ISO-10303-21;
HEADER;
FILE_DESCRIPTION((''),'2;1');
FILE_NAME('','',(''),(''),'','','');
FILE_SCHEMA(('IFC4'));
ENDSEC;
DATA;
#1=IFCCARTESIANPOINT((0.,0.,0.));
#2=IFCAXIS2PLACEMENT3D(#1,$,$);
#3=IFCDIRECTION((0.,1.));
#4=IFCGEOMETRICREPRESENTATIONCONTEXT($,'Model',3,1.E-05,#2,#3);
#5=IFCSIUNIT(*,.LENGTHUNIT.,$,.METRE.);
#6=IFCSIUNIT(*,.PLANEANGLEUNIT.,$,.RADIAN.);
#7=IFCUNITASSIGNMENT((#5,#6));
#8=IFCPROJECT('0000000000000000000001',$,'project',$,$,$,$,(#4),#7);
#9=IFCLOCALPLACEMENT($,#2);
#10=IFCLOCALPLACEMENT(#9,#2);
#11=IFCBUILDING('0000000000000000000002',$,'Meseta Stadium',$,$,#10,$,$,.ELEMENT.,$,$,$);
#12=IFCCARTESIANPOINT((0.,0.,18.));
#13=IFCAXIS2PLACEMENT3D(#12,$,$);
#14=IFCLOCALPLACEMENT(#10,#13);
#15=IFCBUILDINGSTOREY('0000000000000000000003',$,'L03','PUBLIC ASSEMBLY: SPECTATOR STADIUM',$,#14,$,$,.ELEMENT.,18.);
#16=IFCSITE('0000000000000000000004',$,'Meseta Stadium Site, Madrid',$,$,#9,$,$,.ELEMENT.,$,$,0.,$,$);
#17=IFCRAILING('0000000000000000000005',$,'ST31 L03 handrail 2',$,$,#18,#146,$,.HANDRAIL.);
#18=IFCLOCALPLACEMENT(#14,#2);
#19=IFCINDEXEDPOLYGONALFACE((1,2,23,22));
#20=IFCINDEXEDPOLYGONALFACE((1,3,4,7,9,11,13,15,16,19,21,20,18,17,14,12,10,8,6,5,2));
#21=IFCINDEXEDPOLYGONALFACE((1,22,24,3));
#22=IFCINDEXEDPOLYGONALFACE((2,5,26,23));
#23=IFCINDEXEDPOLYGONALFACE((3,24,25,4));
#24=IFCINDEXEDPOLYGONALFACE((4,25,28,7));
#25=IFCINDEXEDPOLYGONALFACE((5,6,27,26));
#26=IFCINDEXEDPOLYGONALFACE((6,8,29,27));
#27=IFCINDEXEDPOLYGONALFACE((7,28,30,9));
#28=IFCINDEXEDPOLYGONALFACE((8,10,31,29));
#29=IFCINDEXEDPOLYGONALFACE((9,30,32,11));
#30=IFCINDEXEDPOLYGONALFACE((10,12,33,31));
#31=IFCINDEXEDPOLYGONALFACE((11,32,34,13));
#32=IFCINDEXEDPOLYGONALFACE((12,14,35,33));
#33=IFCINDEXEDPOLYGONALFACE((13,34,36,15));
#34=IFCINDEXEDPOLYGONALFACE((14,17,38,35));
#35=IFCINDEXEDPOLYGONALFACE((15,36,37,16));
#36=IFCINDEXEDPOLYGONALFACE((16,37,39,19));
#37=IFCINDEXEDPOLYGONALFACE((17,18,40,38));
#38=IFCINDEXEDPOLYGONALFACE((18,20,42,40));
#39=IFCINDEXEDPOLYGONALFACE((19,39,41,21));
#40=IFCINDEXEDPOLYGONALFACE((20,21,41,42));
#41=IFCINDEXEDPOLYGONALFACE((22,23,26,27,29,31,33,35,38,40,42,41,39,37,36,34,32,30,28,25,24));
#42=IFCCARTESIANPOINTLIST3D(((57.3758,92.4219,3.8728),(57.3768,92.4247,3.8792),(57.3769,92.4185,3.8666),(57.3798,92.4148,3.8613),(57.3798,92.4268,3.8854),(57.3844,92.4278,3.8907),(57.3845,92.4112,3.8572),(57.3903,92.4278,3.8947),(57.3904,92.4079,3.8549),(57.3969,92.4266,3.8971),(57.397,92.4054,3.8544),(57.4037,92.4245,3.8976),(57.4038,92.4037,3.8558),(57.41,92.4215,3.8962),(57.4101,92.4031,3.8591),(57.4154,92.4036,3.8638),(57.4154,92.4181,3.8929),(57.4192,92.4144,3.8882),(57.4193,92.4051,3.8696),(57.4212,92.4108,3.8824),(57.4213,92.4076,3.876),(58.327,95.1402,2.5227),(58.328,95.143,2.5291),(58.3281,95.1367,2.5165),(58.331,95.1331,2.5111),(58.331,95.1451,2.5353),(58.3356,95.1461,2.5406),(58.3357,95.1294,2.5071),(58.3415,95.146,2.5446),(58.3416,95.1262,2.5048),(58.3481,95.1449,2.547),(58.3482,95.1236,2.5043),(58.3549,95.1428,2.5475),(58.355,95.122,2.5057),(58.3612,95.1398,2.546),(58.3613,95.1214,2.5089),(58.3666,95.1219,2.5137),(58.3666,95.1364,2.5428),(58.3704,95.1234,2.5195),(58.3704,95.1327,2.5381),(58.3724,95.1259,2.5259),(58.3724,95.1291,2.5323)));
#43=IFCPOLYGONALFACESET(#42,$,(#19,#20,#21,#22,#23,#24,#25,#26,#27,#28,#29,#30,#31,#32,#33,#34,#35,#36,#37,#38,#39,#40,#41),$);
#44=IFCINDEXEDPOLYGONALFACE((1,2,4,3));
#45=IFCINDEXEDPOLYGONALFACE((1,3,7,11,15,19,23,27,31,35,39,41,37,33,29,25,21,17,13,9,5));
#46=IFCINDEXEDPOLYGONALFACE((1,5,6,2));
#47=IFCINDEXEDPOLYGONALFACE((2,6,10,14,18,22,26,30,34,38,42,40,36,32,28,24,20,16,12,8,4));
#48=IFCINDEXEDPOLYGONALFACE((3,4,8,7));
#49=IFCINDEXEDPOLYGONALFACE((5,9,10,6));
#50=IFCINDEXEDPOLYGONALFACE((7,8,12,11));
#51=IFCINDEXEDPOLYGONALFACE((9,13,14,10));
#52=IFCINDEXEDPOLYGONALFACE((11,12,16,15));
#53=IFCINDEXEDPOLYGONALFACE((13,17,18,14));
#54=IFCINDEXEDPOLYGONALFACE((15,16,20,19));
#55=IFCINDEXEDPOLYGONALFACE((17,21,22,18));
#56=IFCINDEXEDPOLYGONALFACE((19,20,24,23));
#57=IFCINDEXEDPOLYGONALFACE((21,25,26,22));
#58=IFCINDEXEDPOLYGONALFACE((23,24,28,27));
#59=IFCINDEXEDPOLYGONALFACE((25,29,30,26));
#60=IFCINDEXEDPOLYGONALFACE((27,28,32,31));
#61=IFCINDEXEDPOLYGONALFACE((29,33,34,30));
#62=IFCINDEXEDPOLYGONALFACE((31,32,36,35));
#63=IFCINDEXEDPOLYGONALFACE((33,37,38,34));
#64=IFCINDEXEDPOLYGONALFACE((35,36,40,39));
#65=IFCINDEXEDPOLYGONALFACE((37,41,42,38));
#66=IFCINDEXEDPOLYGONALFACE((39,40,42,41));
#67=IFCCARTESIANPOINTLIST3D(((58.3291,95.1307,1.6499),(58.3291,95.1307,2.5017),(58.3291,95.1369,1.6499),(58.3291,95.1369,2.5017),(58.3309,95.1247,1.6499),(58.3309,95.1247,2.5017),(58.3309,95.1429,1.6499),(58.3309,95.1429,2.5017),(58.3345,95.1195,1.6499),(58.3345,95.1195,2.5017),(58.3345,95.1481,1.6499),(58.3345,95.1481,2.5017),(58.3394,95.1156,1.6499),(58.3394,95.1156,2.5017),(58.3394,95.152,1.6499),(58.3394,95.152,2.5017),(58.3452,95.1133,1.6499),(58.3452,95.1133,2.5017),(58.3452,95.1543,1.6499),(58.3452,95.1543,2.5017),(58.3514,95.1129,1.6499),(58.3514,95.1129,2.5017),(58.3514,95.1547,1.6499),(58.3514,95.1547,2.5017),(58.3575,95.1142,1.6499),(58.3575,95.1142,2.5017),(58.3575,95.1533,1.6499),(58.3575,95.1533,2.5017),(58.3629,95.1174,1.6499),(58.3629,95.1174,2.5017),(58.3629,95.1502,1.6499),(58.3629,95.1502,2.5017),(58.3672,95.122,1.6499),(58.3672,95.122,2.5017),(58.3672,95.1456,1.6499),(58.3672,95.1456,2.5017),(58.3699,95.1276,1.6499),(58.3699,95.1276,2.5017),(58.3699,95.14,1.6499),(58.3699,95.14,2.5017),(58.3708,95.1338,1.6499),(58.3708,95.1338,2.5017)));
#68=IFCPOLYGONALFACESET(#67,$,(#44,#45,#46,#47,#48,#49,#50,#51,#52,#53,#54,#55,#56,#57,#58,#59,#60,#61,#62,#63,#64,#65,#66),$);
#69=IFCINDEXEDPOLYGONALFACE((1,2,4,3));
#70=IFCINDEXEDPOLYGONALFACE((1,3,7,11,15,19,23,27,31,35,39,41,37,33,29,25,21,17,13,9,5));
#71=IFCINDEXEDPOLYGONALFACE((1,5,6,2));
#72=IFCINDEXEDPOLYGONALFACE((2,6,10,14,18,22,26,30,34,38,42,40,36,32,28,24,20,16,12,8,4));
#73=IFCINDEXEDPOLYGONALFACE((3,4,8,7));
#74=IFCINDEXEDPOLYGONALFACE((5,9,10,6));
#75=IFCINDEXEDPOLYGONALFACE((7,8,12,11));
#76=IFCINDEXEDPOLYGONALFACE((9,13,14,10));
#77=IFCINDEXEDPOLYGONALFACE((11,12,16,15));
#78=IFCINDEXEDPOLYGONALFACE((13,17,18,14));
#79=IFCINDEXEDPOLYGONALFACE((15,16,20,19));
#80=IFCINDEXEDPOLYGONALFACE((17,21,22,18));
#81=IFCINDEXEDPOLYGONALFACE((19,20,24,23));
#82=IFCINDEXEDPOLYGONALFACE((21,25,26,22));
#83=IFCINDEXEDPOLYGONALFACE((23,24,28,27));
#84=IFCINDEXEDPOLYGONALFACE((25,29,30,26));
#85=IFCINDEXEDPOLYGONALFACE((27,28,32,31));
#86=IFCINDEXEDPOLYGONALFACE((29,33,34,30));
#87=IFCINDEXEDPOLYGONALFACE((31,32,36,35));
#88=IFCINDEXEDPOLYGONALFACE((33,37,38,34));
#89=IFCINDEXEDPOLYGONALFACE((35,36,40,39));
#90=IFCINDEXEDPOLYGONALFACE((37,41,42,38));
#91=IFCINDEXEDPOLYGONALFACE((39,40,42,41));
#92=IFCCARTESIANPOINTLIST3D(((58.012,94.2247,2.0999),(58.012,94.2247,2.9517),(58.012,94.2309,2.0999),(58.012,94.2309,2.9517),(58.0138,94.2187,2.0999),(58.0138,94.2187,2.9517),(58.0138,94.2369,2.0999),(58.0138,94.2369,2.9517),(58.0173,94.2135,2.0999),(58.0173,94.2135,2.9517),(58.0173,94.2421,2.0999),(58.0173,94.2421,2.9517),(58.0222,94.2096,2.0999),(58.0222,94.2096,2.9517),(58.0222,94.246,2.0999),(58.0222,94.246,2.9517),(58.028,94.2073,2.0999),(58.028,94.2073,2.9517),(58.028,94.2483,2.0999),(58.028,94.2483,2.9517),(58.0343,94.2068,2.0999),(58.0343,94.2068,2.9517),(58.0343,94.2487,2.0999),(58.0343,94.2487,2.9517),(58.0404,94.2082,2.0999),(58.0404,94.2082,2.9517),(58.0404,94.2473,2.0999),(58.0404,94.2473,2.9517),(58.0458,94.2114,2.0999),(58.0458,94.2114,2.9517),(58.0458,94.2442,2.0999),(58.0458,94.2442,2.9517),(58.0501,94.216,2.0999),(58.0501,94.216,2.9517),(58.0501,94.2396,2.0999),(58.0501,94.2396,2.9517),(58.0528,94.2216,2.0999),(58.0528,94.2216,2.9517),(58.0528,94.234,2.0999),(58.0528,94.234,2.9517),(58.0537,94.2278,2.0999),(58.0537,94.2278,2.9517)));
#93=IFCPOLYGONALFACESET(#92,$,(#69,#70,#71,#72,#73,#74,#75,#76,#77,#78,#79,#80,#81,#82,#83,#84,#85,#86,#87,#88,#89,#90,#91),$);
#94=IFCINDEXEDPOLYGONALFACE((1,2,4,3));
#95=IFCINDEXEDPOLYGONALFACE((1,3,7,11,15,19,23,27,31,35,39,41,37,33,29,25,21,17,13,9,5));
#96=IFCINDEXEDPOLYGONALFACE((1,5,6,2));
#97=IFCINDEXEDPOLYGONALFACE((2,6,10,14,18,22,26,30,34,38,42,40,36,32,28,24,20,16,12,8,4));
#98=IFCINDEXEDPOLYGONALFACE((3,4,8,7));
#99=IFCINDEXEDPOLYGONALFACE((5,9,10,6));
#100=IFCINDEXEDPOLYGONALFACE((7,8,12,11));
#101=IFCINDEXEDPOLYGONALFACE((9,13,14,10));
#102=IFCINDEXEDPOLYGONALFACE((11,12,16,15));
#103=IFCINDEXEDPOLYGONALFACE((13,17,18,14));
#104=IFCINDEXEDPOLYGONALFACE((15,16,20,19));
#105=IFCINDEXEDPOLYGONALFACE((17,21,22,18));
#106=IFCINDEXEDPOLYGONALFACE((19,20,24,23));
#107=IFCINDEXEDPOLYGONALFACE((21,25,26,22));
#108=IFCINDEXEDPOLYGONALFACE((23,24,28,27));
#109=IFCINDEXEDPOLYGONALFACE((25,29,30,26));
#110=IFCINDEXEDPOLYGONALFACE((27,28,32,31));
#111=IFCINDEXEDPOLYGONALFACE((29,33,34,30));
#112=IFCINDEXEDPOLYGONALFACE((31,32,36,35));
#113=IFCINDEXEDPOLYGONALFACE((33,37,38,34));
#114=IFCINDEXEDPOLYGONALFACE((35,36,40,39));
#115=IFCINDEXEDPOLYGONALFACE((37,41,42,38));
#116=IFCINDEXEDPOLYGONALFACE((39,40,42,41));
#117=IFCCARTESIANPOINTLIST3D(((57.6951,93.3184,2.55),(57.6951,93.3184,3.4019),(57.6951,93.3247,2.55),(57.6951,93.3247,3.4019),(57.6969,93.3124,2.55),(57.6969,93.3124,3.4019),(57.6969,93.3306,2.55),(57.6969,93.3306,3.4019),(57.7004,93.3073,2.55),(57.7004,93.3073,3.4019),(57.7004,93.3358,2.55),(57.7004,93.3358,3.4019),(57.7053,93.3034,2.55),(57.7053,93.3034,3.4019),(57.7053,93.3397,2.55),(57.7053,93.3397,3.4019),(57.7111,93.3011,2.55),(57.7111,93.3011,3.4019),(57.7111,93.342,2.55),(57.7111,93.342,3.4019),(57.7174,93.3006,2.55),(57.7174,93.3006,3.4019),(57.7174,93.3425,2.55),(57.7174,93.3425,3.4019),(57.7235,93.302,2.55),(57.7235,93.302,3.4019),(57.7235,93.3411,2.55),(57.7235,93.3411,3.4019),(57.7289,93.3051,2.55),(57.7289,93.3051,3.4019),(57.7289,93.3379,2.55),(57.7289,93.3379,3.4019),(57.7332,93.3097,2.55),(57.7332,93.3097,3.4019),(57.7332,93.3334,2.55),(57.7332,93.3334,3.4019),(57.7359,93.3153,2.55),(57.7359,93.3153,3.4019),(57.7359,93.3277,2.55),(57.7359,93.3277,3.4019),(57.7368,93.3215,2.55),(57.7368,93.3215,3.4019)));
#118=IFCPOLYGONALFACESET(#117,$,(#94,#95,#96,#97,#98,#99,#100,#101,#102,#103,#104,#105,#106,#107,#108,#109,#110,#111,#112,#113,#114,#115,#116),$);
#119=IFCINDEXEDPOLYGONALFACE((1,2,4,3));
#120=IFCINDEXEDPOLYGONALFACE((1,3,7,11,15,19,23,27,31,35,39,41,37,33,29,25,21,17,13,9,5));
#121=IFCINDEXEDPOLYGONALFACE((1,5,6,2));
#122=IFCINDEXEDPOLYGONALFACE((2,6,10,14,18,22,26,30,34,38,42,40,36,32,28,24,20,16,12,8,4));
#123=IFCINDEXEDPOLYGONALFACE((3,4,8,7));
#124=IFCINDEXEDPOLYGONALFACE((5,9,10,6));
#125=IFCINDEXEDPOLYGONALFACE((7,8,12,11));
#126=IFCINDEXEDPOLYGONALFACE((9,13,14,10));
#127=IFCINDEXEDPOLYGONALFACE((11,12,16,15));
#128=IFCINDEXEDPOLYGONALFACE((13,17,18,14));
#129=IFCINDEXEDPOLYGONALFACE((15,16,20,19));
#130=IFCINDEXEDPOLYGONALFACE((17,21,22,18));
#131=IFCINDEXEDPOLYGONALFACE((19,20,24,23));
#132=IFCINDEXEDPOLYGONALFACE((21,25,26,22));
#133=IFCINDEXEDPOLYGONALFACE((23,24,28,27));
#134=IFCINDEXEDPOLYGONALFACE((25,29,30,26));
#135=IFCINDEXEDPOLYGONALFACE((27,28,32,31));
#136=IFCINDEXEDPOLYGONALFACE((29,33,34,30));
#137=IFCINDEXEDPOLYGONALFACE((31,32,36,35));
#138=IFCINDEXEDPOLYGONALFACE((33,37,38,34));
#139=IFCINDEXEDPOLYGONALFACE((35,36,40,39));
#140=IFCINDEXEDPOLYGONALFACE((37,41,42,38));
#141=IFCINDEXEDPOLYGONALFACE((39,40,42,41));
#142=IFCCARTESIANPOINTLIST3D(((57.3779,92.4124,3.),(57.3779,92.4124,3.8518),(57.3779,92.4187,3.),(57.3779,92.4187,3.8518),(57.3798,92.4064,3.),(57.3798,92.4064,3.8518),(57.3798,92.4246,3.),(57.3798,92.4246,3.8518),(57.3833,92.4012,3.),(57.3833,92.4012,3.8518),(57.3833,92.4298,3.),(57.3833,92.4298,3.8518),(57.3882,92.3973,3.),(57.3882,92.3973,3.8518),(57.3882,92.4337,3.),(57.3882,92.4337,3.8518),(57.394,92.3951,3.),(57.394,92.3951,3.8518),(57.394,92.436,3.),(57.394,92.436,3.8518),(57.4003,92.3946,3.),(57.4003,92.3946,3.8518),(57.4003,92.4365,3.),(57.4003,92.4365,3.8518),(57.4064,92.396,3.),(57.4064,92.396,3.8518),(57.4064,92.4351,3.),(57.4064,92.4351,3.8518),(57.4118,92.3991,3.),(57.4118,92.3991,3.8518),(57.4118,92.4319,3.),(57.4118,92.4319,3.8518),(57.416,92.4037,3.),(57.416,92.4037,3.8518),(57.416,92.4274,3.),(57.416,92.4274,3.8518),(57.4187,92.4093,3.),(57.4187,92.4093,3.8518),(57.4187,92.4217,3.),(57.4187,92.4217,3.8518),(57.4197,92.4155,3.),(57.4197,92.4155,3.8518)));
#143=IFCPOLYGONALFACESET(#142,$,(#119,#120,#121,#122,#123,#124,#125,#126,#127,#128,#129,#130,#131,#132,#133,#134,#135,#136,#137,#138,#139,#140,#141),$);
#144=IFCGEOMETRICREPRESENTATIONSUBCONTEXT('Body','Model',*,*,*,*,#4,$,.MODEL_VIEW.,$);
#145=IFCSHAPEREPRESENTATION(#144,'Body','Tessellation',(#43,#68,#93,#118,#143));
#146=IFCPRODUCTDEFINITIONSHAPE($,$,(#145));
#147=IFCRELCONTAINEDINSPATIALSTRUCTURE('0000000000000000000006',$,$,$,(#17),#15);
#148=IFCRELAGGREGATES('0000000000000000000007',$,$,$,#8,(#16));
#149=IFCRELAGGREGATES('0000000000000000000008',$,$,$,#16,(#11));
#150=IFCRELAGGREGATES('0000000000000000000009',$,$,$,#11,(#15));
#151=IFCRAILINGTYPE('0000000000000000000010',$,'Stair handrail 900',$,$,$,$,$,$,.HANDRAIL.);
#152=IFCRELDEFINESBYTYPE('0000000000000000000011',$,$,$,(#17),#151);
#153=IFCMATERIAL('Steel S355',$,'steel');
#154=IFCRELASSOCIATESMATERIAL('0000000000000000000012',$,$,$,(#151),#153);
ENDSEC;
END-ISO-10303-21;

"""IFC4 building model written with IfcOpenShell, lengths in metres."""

from ifc_helpers import new_model, si_unit, direction, frame, origin, origin_2d, place, context, subcontext, project, spatial, circle, extrude, material, type_object, element, save


model = new_model("IFC4")

# Units and contexts
model_context = context("Model", 3, precision=1e-05, world=origin(), true_north=direction((0.0, 1.0)))
body_context = subcontext(model_context, "Body", "Model", "MODEL_VIEW")
ifc_project = project(units=[si_unit("LENGTHUNIT", "METRE"), si_unit("PLANEANGLEUNIT", "RADIAN")], contexts=[model_context])

# Site, building, storey
site_placement = place(None, origin())
site = spatial("IfcSite", under=ifc_project, at=site_placement, Name="Meseta Stadium Site, Madrid", CompositionType="ELEMENT", RefElevation=0.0)
building_placement = place(site_placement, origin())
building = spatial("IfcBuilding", under=site, at=building_placement, Name="Meseta Stadium", CompositionType="ELEMENT")
storey_placement = place(building_placement, frame((0.0, 0.0, 18.0)))
storey = spatial("IfcBuildingStorey", under=building, at=storey_placement, Name="L03", Description="PUBLIC ASSEMBLY: SPECTATOR STADIUM", CompositionType="ELEMENT", Elevation=18.0)

# Railing
ifc_material_1 = material(Name="Steel S355", Category="steel")
railing_type_1 = type_object("IfcRailingType", Name="Stair handrail 900", PredefinedType="HANDRAIL", material=ifc_material_1)
for number, where, name in (
    (1, (58.3499, 95.1338, 1.6499), "ST31 L03 handrail 2"),
):
    element("IfcRailing", number, at=place(storey_placement, frame(where)), inside=storey, type_object=railing_type_1, Name=name, PredefinedType="HANDRAIL", context=body_context, shape_type="SweptSolid", body=[
        extrude(circle(Radius=0.0239, at=origin_2d()), frame((0.0, 0.0, 0.876), z_axis=(-0.299051, -0.854629, 0.424474), x_axis=(0.943882, -0.330282, 0.0)), (0.0, 0.0, 1.0), 3.1807),
        extrude(circle(Radius=0.021, at=origin_2d()), origin(), (0.0, 0.0, 1.0), 0.8518),
        extrude(circle(Radius=0.021, at=origin_2d()), frame((-0.3171, -0.906, 0.45)), (0.0, 0.0, 1.0), 0.8518),
        extrude(circle(Radius=0.021, at=origin_2d()), frame((-0.634, -1.8123, 0.9001)), (0.0, 0.0, 1.0), 0.8518),
        extrude(circle(Radius=0.021, at=origin_2d()), frame((-0.9512, -2.7183, 1.3501)), (0.0, 0.0, 1.0), 0.8518),
    ])

save(model, "model.ifc")
